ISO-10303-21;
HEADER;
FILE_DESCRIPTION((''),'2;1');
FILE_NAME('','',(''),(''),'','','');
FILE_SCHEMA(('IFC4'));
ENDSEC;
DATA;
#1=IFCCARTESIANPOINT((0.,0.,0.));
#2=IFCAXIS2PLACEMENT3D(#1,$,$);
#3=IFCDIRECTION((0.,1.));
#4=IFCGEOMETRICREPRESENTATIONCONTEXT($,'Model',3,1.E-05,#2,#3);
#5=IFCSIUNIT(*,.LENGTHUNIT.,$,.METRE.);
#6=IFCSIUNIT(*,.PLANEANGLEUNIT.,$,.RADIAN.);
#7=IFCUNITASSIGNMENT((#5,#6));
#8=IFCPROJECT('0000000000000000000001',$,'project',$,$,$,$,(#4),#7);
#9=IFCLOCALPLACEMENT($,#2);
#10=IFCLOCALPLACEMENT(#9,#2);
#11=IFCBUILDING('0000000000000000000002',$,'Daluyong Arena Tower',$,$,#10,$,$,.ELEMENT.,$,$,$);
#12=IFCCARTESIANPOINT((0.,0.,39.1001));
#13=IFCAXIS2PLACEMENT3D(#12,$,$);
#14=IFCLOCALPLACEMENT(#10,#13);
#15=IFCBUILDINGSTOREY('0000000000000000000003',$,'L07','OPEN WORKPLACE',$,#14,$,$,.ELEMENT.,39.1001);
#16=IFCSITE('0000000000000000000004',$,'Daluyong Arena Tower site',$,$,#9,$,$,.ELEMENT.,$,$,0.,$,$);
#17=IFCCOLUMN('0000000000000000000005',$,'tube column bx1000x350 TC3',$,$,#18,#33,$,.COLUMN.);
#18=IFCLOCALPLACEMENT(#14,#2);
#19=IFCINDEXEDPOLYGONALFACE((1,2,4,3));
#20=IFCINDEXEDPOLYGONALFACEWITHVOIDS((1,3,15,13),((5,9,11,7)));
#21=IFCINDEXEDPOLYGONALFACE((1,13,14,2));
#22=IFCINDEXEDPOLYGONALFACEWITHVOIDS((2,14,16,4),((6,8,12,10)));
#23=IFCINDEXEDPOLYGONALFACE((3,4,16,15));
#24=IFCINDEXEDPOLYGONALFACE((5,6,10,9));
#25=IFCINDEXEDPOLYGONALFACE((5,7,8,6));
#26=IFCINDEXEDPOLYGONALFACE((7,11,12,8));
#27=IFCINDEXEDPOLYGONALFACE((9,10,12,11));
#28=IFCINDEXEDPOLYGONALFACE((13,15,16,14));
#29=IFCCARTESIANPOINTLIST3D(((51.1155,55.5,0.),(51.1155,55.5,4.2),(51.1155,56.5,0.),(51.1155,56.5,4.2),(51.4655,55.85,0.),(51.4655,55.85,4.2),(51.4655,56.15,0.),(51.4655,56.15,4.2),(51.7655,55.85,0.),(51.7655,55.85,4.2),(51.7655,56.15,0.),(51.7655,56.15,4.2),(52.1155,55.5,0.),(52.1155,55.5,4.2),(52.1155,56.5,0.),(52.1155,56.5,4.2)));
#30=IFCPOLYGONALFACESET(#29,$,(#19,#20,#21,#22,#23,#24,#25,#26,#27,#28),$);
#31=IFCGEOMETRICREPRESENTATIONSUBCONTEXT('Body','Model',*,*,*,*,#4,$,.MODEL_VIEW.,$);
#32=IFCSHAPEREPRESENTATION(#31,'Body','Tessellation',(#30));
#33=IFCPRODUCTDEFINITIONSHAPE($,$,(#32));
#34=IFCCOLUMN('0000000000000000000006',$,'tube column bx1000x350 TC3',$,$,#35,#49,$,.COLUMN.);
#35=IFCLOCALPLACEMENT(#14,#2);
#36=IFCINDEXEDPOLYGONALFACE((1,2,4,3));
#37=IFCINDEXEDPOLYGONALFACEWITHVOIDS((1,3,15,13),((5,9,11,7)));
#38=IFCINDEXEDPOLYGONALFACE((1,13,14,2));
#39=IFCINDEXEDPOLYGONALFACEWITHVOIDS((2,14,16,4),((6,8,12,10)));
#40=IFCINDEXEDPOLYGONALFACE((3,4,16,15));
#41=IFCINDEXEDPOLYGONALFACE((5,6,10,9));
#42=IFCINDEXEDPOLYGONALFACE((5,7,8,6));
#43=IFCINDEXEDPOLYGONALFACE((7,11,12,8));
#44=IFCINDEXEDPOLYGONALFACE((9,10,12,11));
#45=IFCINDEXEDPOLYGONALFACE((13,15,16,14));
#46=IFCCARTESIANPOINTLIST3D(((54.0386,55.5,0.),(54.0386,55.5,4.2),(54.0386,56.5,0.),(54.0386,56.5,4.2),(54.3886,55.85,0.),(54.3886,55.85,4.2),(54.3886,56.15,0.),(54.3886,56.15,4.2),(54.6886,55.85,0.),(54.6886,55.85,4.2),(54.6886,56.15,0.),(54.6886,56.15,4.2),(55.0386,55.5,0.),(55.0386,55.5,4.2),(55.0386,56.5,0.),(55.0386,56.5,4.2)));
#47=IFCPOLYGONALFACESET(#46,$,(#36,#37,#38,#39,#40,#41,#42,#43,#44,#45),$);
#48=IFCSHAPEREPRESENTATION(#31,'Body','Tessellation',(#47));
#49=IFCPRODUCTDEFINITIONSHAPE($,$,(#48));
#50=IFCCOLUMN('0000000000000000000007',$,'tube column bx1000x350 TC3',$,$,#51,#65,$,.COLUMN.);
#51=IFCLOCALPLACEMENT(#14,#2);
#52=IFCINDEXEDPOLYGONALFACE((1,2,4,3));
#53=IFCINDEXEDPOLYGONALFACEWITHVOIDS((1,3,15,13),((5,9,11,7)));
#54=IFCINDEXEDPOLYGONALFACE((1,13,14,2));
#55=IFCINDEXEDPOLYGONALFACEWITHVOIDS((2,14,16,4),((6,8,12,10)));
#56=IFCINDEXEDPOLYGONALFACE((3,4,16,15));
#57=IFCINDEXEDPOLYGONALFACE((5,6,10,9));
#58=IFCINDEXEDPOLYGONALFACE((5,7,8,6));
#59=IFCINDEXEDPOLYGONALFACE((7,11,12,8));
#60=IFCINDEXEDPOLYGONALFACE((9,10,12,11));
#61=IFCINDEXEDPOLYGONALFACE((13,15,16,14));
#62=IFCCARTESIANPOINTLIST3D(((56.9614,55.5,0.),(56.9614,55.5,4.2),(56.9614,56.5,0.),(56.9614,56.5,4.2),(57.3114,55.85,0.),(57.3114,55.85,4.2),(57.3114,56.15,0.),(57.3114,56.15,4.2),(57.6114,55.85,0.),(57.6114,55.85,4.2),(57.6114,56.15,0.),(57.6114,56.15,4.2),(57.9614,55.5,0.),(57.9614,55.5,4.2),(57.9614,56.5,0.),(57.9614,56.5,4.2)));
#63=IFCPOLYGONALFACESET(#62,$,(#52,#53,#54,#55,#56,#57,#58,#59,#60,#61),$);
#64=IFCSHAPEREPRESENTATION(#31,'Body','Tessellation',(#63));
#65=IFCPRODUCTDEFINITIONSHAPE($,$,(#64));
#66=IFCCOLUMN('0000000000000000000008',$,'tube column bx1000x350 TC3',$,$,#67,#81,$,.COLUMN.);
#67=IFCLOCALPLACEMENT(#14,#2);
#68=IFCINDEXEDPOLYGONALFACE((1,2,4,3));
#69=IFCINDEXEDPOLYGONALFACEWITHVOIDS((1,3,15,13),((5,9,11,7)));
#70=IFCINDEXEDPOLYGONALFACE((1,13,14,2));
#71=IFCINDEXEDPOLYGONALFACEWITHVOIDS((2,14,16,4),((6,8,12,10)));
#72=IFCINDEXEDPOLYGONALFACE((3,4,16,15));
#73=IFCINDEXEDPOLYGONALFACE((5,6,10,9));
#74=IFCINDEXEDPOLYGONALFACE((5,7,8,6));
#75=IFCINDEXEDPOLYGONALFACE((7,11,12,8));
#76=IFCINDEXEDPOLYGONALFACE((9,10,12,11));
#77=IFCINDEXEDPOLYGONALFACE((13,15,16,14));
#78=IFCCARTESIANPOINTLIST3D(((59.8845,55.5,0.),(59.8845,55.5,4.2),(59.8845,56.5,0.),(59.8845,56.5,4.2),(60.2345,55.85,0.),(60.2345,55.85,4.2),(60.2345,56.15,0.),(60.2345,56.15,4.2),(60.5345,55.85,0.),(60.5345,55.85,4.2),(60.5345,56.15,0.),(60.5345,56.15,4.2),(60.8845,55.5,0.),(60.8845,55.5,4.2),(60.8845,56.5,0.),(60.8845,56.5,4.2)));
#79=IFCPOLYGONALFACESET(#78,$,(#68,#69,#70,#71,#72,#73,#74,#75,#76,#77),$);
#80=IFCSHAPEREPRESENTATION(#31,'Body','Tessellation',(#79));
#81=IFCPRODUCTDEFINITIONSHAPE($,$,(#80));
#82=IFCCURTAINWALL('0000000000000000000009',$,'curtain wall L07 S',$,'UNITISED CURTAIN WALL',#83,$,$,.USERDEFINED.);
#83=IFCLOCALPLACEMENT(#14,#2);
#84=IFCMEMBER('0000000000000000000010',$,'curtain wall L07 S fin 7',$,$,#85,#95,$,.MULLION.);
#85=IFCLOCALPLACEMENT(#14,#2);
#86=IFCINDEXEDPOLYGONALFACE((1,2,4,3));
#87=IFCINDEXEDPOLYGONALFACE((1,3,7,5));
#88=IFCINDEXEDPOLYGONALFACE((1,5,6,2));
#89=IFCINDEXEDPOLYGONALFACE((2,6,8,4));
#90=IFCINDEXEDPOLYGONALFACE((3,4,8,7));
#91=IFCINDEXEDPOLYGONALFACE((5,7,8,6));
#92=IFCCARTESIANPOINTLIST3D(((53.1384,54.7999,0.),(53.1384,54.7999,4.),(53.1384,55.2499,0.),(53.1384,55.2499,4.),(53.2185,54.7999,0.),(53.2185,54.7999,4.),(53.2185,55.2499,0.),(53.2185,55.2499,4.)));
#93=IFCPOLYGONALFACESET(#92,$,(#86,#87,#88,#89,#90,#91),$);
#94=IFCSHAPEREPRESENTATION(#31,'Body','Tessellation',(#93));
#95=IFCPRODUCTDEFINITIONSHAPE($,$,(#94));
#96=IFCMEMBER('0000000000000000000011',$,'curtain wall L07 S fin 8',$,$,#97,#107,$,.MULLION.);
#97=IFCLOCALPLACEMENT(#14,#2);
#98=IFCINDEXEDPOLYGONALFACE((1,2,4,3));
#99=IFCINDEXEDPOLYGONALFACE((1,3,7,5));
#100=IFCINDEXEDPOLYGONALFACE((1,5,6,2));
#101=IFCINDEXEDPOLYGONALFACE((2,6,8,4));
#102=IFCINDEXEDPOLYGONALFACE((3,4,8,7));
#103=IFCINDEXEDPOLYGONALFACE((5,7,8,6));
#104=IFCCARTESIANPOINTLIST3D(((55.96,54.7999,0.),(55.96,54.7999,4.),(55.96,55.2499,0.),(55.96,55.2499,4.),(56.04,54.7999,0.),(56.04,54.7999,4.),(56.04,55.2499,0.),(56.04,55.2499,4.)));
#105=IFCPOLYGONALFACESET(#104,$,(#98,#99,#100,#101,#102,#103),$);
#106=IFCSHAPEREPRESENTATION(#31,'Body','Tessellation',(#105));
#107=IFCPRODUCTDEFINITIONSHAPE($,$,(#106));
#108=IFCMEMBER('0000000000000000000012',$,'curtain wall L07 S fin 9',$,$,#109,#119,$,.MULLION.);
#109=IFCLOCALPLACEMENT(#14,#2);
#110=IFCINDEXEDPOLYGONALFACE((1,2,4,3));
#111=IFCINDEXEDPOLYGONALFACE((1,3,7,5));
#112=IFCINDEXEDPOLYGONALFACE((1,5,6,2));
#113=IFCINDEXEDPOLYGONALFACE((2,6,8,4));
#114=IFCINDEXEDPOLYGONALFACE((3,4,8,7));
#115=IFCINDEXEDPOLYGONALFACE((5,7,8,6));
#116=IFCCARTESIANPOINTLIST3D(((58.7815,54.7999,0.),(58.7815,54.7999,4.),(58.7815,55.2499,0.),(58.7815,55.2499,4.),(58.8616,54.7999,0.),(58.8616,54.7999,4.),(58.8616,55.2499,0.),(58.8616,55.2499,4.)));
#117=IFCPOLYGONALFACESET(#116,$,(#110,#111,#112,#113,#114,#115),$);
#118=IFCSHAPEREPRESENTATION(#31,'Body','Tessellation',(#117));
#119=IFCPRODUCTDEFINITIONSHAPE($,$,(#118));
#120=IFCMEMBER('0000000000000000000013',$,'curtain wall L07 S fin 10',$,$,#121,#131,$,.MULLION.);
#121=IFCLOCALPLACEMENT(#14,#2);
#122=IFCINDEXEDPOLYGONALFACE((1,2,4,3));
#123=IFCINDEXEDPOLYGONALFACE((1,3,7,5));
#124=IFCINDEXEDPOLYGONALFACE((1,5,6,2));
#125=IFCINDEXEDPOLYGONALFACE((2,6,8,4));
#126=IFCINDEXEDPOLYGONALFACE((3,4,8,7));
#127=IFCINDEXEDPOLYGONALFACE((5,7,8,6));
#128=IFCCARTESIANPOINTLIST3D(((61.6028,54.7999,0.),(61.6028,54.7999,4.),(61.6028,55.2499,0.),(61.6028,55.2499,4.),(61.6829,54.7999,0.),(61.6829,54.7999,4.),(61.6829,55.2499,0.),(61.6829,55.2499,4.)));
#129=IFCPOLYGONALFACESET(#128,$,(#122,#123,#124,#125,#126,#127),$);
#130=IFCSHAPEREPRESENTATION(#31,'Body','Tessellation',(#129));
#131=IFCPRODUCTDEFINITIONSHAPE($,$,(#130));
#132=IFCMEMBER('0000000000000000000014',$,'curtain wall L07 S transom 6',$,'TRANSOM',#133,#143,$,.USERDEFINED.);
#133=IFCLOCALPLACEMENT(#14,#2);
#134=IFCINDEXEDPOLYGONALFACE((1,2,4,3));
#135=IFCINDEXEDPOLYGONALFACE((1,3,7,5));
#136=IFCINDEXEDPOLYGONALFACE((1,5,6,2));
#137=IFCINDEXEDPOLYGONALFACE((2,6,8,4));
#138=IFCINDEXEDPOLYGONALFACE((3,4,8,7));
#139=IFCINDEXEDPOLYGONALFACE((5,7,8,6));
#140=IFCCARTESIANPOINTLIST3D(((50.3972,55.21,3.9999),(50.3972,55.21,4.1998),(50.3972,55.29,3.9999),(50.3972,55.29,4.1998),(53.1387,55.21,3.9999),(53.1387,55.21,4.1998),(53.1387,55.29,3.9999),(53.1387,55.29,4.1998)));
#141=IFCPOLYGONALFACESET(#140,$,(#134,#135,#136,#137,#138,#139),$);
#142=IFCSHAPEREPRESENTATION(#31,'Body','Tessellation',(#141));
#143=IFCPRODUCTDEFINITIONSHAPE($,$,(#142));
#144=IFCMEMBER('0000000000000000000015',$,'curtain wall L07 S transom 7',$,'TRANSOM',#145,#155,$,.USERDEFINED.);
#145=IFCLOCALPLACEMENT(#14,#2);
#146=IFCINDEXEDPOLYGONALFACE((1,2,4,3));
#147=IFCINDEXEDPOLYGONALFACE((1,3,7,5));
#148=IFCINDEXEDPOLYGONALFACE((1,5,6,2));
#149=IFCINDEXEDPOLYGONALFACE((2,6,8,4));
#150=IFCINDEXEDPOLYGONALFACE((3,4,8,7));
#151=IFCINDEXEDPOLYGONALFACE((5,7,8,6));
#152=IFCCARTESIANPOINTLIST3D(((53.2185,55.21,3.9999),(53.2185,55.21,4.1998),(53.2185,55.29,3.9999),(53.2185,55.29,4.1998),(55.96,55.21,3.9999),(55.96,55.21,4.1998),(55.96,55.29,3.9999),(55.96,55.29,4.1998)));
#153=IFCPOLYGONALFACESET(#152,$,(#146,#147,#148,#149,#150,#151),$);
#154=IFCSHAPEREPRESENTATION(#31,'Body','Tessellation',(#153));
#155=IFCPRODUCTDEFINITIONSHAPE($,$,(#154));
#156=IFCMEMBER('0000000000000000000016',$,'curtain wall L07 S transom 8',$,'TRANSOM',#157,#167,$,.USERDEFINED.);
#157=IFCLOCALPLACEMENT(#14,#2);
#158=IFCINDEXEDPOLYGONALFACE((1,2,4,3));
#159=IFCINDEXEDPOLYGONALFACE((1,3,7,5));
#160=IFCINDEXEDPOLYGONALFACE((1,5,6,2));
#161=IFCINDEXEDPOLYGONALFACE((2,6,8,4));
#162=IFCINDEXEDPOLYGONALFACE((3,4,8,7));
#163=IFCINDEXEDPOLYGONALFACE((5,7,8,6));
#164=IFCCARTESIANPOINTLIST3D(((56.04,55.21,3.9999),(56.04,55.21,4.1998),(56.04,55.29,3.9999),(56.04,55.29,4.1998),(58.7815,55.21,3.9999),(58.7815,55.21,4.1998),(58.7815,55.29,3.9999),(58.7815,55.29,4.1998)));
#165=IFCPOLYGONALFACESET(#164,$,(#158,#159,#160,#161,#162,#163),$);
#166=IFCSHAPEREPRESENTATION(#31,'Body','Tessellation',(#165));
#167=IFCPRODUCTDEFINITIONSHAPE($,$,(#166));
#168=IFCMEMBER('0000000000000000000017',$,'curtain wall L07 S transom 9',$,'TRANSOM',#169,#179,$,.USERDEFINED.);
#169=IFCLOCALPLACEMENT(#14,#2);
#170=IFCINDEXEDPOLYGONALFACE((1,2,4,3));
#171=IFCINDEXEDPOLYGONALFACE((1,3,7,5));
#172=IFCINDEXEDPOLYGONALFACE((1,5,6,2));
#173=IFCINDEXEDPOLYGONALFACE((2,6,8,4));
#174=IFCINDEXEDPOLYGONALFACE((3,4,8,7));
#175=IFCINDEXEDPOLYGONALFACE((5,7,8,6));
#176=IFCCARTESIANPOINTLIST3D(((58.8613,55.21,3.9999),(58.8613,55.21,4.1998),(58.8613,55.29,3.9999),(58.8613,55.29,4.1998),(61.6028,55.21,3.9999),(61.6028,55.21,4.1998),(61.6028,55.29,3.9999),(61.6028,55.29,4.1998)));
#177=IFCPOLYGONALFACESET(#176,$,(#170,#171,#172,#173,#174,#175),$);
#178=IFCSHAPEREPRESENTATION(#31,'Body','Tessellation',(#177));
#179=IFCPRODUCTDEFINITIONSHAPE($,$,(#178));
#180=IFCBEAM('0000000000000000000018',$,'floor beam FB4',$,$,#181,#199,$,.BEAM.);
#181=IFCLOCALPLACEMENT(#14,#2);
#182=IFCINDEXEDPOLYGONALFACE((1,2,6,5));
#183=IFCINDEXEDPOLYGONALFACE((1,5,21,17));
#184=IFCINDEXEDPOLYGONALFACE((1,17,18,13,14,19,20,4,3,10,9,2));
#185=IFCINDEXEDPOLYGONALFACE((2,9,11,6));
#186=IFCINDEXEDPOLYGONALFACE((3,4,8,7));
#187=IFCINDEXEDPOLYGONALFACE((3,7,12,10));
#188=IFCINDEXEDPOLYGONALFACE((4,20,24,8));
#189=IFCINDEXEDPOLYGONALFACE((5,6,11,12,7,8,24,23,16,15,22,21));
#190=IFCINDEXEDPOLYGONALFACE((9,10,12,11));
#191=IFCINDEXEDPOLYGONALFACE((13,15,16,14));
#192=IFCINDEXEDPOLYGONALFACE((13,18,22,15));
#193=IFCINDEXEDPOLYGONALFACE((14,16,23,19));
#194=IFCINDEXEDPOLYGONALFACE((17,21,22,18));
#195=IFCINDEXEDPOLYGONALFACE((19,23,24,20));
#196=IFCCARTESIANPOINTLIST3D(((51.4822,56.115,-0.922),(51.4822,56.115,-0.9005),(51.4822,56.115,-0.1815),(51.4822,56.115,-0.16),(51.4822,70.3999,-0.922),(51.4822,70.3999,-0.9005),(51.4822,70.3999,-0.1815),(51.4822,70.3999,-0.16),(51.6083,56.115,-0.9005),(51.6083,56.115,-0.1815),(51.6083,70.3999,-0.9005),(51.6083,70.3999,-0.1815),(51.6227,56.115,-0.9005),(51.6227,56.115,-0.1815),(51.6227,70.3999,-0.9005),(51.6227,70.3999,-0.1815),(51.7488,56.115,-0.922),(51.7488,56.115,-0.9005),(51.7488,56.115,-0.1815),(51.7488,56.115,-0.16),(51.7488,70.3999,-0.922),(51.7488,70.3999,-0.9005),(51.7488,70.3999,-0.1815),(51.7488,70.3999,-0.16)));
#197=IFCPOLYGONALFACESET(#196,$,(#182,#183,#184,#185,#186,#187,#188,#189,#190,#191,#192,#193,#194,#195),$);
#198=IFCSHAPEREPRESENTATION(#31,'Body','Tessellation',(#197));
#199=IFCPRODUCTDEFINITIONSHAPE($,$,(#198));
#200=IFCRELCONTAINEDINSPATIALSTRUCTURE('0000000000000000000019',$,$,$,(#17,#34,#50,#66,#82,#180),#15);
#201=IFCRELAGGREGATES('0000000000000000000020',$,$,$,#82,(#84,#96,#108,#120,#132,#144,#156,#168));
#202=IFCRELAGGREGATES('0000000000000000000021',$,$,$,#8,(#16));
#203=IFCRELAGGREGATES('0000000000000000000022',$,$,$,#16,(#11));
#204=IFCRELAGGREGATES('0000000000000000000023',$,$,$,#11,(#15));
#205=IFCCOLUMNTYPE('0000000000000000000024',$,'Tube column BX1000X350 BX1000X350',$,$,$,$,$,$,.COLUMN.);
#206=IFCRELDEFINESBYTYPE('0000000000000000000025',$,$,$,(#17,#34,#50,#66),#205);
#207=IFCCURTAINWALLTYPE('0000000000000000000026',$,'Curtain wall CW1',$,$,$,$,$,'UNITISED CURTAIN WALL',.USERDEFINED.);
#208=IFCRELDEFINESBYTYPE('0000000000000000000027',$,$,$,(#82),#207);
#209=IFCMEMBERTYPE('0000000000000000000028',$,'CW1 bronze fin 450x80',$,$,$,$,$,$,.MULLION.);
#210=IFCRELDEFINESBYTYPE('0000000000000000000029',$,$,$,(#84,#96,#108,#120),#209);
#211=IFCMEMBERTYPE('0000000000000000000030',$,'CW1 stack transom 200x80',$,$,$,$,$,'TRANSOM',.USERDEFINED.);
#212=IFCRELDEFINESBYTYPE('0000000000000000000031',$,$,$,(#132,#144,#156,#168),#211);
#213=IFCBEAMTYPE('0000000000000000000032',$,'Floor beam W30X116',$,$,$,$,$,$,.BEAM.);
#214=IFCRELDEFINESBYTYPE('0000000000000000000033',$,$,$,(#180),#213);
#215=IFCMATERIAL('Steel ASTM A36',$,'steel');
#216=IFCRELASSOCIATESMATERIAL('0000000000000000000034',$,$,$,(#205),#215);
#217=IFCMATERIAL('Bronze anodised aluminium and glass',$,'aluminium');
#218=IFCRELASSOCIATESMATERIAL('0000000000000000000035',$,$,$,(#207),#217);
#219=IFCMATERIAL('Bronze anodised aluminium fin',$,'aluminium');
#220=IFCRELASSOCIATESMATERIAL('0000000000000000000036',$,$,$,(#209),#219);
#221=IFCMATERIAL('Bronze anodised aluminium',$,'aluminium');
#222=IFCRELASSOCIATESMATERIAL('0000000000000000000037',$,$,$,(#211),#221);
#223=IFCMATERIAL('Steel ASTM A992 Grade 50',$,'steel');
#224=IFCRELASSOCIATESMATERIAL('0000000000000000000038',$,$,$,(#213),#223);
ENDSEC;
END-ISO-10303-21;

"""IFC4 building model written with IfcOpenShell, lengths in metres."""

from ifc_helpers import new_model, si_unit, direction, frame, origin, origin_2d, place, context, subcontext, project, spatial, rectangle, hollow_rectangle, i_section, extrude, material, material_profile, profile_set, type_object, element, aggregate, save


model = new_model("IFC4")

# Units and contexts
model_context = context("Model", 3, precision=1e-05, world=origin(), true_north=direction((0.0, 1.0)))
body_context = subcontext(model_context, "Body", "Model", "MODEL_VIEW")
ifc_project = project(units=[si_unit("LENGTHUNIT", "METRE"), si_unit("PLANEANGLEUNIT", "RADIAN")], contexts=[model_context])

# Site, building, storey
site_placement = place(None, origin())
site = spatial("IfcSite", under=ifc_project, at=site_placement, Name="Daluyong Arena Tower site", CompositionType="ELEMENT", RefElevation=0.0)
building_placement = place(site_placement, origin())
building = spatial("IfcBuilding", under=site, at=building_placement, Name="Daluyong Arena Tower", CompositionType="ELEMENT")
storey_placement = place(building_placement, frame((0.0, 0.0, 39.1001)))
storey = spatial("IfcBuildingStorey", under=building, at=storey_placement, Name="L07", Description="OPEN WORKPLACE", CompositionType="ELEMENT", Elevation=39.1001)

# Columns
ifc_material_1 = material(Name="Steel ASTM A36", Category="steel")
ifc_material_profile_1 = material_profile(ifc_material_1, hollow_rectangle(XDim=1.0, YDim=1.0, WallThickness=0.35, at=origin_2d()))
ifc_profile_set_1 = profile_set([ifc_material_profile_1], Name="Steel ASTM A36")
column_type = type_object("IfcColumnType", Name="Tube column BX1000X350 BX1000X350", PredefinedType="COLUMN", material=ifc_profile_set_1)
for number, where, z_axis, x_axis, name in (
    (1, (51.6155, 56.0, 0.0), (0.0, 0.0, 1.0), (1.0, 0.0, 0.0), "tube column bx1000x350 TC3"),
    (2, (54.5386, 56.0, 0.0), (0.0, 0.0, 1.0), (1.0, 0.0, 0.0), "tube column bx1000x350 TC3"),
    (3, (57.4614, 56.0, 0.0), (0.0, 0.0, 1.0), (1.0, 0.0, 0.0), "tube column bx1000x350 TC3"),
    (4, (60.3845, 56.0, 0.0), (0.0, 0.0, 1.0), (1.0, 0.0, 0.0), "tube column bx1000x350 TC3"),
):
    element("IfcColumn", number, at=place(storey_placement, frame(where, z_axis=z_axis, x_axis=x_axis)), inside=storey, type_object=column_type, Name=name, PredefinedType="COLUMN", context=body_context, shape_type="SweptSolid", body=[
        extrude(hollow_rectangle(XDim=1.0, YDim=1.0, WallThickness=0.35, at=origin_2d()), origin(), (0.0, 0.0, 1.0), 4.2),
    ])

# Curtain wall, members
ifc_material_2 = material(Name="Bronze anodised aluminium and glass", Category="aluminium")
curtain_wall_type = type_object("IfcCurtainWallType", Name="Curtain wall CW1", ElementType="UNITISED CURTAIN WALL", PredefinedType="USERDEFINED", material=ifc_material_2)
curtain_wall_placement = place(storey_placement, origin())
curtain_wall = element("IfcCurtainWall", 5, at=curtain_wall_placement, inside=storey, type_object=curtain_wall_type, Name="curtain wall L07 S", ObjectType="UNITISED CURTAIN WALL", PredefinedType="USERDEFINED")
ifc_material_3 = material(Name="Bronze anodised aluminium fin", Category="aluminium")
ifc_material_profile_2 = material_profile(ifc_material_3, rectangle(XDim=0.45, YDim=0.0801, at=origin_2d()))
ifc_profile_set_2 = profile_set([ifc_material_profile_2], Name="Bronze anodised aluminium fin")
member_type_1 = type_object("IfcMemberType", Name="CW1 bronze fin 450x80", PredefinedType="MULLION", material=ifc_profile_set_2)
member_1_placement = place(storey_placement, frame((53.1785, 55.0249, 0.0), z_axis=(0.0, 0.0, 1.0), x_axis=(0.0, 1.0, 0.0)))
member_1 = element("IfcMember", 6, at=member_1_placement, type_object=member_type_1, Name="curtain wall L07 S fin 7", PredefinedType="MULLION", context=body_context, shape_type="SweptSolid", body=[
    extrude(rectangle(XDim=0.45, YDim=0.0801, at=origin_2d()), origin(), (0.0, 0.0, 1.0), 4.0),
])
member_2_placement = place(storey_placement, frame((56.0, 55.0249, 0.0), z_axis=(0.0, 0.0, 1.0), x_axis=(0.0, 1.0, 0.0)))
member_2 = element("IfcMember", 7, at=member_2_placement, type_object=member_type_1, Name="curtain wall L07 S fin 8", PredefinedType="MULLION", context=body_context, shape_type="SweptSolid", body=[
    extrude(rectangle(XDim=0.45, YDim=0.0801, at=origin_2d()), origin(), (0.0, 0.0, 1.0), 4.0),
])
member_3_placement = place(storey_placement, frame((58.8215, 55.0249, 0.0), z_axis=(0.0, 0.0, 1.0), x_axis=(0.0, 1.0, 0.0)))
member_3 = element("IfcMember", 8, at=member_3_placement, type_object=member_type_1, Name="curtain wall L07 S fin 9", PredefinedType="MULLION", context=body_context, shape_type="SweptSolid", body=[
    extrude(rectangle(XDim=0.45, YDim=0.0801, at=origin_2d()), origin(), (0.0, 0.0, 1.0), 4.0),
])
member_4_placement = place(storey_placement, frame((61.6428, 55.0249, 0.0), z_axis=(0.0, 0.0, 1.0), x_axis=(0.0, 1.0, 0.0)))
member_4 = element("IfcMember", 9, at=member_4_placement, type_object=member_type_1, Name="curtain wall L07 S fin 10", PredefinedType="MULLION", context=body_context, shape_type="SweptSolid", body=[
    extrude(rectangle(XDim=0.45, YDim=0.0801, at=origin_2d()), origin(), (0.0, 0.0, 1.0), 4.0),
])
ifc_material_4 = material(Name="Bronze anodised aluminium", Category="aluminium")
ifc_material_profile_3 = material_profile(ifc_material_4, rectangle(XDim=0.0801, YDim=0.2, at=origin_2d()))
ifc_profile_set_3 = profile_set([ifc_material_profile_3], Name="Bronze anodised aluminium")
member_type_2 = type_object("IfcMemberType", Name="CW1 stack transom 200x80", ElementType="TRANSOM", PredefinedType="USERDEFINED", material=ifc_profile_set_3)
member_5_placement = place(storey_placement, frame((50.3972, 55.25, 4.0999), z_axis=(1.0, 0.0, 0.0), x_axis=(0.0, 1.0, 0.0)))
member_5 = element("IfcMember", 10, at=member_5_placement, type_object=member_type_2, Name="curtain wall L07 S transom 6", ObjectType="TRANSOM", PredefinedType="USERDEFINED", context=body_context, shape_type="SweptSolid", body=[
    extrude(rectangle(XDim=0.0801, YDim=0.2, at=origin_2d()), origin(), (0.0, 0.0, 1.0), 2.7415),
])
member_6_placement = place(storey_placement, frame((53.2185, 55.25, 4.0999), z_axis=(1.0, 0.0, 0.0), x_axis=(0.0, 1.0, 0.0)))
member_6 = element("IfcMember", 11, at=member_6_placement, type_object=member_type_2, Name="curtain wall L07 S transom 7", ObjectType="TRANSOM", PredefinedType="USERDEFINED", context=body_context, shape_type="SweptSolid", body=[
    extrude(rectangle(XDim=0.0801, YDim=0.2, at=origin_2d()), origin(), (0.0, 0.0, 1.0), 2.7415),
])
member_7_placement = place(storey_placement, frame((56.04, 55.25, 4.0999), z_axis=(1.0, 0.0, 0.0), x_axis=(0.0, 1.0, 0.0)))
member_7 = element("IfcMember", 12, at=member_7_placement, type_object=member_type_2, Name="curtain wall L07 S transom 8", ObjectType="TRANSOM", PredefinedType="USERDEFINED", context=body_context, shape_type="SweptSolid", body=[
    extrude(rectangle(XDim=0.0801, YDim=0.2, at=origin_2d()), origin(), (0.0, 0.0, 1.0), 2.7415),
])
member_8_placement = place(storey_placement, frame((58.8613, 55.25, 4.0999), z_axis=(1.0, 0.0, 0.0), x_axis=(0.0, 1.0, 0.0)))
member_8 = element("IfcMember", 13, at=member_8_placement, type_object=member_type_2, Name="curtain wall L07 S transom 9", ObjectType="TRANSOM", PredefinedType="USERDEFINED", context=body_context, shape_type="SweptSolid", body=[
    extrude(rectangle(XDim=0.0801, YDim=0.2, at=origin_2d()), origin(), (0.0, 0.0, 1.0), 2.7415),
])

# Beam
ifc_material_5 = material(Name="Steel ASTM A992 Grade 50", Category="steel")
ifc_material_profile_4 = material_profile(ifc_material_5, i_section(OverallWidth=0.2666, OverallDepth=0.762, WebThickness=0.0144, FlangeThickness=0.0215, at=origin_2d()))
ifc_profile_set_4 = profile_set([ifc_material_profile_4], Name="Steel ASTM A992 Grade 50")
beam_type_1 = type_object("IfcBeamType", Name="Floor beam W30X116", PredefinedType="BEAM", material=ifc_profile_set_4)
for number, where, z_axis, x_axis, name in (
    (14, (51.6155, 56.115, -0.541), (0.0, 1.0, 0.0), (-1.0, 0.0, 0.0), "floor beam FB4"),
):
    element("IfcBeam", number, at=place(storey_placement, frame(where, z_axis=z_axis, x_axis=x_axis)), inside=storey, type_object=beam_type_1, Name=name, PredefinedType="BEAM", context=body_context, shape_type="SweptSolid", body=[
        extrude(i_section(OverallWidth=0.2666, OverallDepth=0.762, WebThickness=0.0144, FlangeThickness=0.0215, at=origin_2d()), origin(), (0.0, 0.0, 1.0), 14.2849),
    ])

aggregate(curtain_wall, [member_1, member_2, member_3, member_4, member_5, member_6, member_7, member_8])

save(model, "model.ifc")
